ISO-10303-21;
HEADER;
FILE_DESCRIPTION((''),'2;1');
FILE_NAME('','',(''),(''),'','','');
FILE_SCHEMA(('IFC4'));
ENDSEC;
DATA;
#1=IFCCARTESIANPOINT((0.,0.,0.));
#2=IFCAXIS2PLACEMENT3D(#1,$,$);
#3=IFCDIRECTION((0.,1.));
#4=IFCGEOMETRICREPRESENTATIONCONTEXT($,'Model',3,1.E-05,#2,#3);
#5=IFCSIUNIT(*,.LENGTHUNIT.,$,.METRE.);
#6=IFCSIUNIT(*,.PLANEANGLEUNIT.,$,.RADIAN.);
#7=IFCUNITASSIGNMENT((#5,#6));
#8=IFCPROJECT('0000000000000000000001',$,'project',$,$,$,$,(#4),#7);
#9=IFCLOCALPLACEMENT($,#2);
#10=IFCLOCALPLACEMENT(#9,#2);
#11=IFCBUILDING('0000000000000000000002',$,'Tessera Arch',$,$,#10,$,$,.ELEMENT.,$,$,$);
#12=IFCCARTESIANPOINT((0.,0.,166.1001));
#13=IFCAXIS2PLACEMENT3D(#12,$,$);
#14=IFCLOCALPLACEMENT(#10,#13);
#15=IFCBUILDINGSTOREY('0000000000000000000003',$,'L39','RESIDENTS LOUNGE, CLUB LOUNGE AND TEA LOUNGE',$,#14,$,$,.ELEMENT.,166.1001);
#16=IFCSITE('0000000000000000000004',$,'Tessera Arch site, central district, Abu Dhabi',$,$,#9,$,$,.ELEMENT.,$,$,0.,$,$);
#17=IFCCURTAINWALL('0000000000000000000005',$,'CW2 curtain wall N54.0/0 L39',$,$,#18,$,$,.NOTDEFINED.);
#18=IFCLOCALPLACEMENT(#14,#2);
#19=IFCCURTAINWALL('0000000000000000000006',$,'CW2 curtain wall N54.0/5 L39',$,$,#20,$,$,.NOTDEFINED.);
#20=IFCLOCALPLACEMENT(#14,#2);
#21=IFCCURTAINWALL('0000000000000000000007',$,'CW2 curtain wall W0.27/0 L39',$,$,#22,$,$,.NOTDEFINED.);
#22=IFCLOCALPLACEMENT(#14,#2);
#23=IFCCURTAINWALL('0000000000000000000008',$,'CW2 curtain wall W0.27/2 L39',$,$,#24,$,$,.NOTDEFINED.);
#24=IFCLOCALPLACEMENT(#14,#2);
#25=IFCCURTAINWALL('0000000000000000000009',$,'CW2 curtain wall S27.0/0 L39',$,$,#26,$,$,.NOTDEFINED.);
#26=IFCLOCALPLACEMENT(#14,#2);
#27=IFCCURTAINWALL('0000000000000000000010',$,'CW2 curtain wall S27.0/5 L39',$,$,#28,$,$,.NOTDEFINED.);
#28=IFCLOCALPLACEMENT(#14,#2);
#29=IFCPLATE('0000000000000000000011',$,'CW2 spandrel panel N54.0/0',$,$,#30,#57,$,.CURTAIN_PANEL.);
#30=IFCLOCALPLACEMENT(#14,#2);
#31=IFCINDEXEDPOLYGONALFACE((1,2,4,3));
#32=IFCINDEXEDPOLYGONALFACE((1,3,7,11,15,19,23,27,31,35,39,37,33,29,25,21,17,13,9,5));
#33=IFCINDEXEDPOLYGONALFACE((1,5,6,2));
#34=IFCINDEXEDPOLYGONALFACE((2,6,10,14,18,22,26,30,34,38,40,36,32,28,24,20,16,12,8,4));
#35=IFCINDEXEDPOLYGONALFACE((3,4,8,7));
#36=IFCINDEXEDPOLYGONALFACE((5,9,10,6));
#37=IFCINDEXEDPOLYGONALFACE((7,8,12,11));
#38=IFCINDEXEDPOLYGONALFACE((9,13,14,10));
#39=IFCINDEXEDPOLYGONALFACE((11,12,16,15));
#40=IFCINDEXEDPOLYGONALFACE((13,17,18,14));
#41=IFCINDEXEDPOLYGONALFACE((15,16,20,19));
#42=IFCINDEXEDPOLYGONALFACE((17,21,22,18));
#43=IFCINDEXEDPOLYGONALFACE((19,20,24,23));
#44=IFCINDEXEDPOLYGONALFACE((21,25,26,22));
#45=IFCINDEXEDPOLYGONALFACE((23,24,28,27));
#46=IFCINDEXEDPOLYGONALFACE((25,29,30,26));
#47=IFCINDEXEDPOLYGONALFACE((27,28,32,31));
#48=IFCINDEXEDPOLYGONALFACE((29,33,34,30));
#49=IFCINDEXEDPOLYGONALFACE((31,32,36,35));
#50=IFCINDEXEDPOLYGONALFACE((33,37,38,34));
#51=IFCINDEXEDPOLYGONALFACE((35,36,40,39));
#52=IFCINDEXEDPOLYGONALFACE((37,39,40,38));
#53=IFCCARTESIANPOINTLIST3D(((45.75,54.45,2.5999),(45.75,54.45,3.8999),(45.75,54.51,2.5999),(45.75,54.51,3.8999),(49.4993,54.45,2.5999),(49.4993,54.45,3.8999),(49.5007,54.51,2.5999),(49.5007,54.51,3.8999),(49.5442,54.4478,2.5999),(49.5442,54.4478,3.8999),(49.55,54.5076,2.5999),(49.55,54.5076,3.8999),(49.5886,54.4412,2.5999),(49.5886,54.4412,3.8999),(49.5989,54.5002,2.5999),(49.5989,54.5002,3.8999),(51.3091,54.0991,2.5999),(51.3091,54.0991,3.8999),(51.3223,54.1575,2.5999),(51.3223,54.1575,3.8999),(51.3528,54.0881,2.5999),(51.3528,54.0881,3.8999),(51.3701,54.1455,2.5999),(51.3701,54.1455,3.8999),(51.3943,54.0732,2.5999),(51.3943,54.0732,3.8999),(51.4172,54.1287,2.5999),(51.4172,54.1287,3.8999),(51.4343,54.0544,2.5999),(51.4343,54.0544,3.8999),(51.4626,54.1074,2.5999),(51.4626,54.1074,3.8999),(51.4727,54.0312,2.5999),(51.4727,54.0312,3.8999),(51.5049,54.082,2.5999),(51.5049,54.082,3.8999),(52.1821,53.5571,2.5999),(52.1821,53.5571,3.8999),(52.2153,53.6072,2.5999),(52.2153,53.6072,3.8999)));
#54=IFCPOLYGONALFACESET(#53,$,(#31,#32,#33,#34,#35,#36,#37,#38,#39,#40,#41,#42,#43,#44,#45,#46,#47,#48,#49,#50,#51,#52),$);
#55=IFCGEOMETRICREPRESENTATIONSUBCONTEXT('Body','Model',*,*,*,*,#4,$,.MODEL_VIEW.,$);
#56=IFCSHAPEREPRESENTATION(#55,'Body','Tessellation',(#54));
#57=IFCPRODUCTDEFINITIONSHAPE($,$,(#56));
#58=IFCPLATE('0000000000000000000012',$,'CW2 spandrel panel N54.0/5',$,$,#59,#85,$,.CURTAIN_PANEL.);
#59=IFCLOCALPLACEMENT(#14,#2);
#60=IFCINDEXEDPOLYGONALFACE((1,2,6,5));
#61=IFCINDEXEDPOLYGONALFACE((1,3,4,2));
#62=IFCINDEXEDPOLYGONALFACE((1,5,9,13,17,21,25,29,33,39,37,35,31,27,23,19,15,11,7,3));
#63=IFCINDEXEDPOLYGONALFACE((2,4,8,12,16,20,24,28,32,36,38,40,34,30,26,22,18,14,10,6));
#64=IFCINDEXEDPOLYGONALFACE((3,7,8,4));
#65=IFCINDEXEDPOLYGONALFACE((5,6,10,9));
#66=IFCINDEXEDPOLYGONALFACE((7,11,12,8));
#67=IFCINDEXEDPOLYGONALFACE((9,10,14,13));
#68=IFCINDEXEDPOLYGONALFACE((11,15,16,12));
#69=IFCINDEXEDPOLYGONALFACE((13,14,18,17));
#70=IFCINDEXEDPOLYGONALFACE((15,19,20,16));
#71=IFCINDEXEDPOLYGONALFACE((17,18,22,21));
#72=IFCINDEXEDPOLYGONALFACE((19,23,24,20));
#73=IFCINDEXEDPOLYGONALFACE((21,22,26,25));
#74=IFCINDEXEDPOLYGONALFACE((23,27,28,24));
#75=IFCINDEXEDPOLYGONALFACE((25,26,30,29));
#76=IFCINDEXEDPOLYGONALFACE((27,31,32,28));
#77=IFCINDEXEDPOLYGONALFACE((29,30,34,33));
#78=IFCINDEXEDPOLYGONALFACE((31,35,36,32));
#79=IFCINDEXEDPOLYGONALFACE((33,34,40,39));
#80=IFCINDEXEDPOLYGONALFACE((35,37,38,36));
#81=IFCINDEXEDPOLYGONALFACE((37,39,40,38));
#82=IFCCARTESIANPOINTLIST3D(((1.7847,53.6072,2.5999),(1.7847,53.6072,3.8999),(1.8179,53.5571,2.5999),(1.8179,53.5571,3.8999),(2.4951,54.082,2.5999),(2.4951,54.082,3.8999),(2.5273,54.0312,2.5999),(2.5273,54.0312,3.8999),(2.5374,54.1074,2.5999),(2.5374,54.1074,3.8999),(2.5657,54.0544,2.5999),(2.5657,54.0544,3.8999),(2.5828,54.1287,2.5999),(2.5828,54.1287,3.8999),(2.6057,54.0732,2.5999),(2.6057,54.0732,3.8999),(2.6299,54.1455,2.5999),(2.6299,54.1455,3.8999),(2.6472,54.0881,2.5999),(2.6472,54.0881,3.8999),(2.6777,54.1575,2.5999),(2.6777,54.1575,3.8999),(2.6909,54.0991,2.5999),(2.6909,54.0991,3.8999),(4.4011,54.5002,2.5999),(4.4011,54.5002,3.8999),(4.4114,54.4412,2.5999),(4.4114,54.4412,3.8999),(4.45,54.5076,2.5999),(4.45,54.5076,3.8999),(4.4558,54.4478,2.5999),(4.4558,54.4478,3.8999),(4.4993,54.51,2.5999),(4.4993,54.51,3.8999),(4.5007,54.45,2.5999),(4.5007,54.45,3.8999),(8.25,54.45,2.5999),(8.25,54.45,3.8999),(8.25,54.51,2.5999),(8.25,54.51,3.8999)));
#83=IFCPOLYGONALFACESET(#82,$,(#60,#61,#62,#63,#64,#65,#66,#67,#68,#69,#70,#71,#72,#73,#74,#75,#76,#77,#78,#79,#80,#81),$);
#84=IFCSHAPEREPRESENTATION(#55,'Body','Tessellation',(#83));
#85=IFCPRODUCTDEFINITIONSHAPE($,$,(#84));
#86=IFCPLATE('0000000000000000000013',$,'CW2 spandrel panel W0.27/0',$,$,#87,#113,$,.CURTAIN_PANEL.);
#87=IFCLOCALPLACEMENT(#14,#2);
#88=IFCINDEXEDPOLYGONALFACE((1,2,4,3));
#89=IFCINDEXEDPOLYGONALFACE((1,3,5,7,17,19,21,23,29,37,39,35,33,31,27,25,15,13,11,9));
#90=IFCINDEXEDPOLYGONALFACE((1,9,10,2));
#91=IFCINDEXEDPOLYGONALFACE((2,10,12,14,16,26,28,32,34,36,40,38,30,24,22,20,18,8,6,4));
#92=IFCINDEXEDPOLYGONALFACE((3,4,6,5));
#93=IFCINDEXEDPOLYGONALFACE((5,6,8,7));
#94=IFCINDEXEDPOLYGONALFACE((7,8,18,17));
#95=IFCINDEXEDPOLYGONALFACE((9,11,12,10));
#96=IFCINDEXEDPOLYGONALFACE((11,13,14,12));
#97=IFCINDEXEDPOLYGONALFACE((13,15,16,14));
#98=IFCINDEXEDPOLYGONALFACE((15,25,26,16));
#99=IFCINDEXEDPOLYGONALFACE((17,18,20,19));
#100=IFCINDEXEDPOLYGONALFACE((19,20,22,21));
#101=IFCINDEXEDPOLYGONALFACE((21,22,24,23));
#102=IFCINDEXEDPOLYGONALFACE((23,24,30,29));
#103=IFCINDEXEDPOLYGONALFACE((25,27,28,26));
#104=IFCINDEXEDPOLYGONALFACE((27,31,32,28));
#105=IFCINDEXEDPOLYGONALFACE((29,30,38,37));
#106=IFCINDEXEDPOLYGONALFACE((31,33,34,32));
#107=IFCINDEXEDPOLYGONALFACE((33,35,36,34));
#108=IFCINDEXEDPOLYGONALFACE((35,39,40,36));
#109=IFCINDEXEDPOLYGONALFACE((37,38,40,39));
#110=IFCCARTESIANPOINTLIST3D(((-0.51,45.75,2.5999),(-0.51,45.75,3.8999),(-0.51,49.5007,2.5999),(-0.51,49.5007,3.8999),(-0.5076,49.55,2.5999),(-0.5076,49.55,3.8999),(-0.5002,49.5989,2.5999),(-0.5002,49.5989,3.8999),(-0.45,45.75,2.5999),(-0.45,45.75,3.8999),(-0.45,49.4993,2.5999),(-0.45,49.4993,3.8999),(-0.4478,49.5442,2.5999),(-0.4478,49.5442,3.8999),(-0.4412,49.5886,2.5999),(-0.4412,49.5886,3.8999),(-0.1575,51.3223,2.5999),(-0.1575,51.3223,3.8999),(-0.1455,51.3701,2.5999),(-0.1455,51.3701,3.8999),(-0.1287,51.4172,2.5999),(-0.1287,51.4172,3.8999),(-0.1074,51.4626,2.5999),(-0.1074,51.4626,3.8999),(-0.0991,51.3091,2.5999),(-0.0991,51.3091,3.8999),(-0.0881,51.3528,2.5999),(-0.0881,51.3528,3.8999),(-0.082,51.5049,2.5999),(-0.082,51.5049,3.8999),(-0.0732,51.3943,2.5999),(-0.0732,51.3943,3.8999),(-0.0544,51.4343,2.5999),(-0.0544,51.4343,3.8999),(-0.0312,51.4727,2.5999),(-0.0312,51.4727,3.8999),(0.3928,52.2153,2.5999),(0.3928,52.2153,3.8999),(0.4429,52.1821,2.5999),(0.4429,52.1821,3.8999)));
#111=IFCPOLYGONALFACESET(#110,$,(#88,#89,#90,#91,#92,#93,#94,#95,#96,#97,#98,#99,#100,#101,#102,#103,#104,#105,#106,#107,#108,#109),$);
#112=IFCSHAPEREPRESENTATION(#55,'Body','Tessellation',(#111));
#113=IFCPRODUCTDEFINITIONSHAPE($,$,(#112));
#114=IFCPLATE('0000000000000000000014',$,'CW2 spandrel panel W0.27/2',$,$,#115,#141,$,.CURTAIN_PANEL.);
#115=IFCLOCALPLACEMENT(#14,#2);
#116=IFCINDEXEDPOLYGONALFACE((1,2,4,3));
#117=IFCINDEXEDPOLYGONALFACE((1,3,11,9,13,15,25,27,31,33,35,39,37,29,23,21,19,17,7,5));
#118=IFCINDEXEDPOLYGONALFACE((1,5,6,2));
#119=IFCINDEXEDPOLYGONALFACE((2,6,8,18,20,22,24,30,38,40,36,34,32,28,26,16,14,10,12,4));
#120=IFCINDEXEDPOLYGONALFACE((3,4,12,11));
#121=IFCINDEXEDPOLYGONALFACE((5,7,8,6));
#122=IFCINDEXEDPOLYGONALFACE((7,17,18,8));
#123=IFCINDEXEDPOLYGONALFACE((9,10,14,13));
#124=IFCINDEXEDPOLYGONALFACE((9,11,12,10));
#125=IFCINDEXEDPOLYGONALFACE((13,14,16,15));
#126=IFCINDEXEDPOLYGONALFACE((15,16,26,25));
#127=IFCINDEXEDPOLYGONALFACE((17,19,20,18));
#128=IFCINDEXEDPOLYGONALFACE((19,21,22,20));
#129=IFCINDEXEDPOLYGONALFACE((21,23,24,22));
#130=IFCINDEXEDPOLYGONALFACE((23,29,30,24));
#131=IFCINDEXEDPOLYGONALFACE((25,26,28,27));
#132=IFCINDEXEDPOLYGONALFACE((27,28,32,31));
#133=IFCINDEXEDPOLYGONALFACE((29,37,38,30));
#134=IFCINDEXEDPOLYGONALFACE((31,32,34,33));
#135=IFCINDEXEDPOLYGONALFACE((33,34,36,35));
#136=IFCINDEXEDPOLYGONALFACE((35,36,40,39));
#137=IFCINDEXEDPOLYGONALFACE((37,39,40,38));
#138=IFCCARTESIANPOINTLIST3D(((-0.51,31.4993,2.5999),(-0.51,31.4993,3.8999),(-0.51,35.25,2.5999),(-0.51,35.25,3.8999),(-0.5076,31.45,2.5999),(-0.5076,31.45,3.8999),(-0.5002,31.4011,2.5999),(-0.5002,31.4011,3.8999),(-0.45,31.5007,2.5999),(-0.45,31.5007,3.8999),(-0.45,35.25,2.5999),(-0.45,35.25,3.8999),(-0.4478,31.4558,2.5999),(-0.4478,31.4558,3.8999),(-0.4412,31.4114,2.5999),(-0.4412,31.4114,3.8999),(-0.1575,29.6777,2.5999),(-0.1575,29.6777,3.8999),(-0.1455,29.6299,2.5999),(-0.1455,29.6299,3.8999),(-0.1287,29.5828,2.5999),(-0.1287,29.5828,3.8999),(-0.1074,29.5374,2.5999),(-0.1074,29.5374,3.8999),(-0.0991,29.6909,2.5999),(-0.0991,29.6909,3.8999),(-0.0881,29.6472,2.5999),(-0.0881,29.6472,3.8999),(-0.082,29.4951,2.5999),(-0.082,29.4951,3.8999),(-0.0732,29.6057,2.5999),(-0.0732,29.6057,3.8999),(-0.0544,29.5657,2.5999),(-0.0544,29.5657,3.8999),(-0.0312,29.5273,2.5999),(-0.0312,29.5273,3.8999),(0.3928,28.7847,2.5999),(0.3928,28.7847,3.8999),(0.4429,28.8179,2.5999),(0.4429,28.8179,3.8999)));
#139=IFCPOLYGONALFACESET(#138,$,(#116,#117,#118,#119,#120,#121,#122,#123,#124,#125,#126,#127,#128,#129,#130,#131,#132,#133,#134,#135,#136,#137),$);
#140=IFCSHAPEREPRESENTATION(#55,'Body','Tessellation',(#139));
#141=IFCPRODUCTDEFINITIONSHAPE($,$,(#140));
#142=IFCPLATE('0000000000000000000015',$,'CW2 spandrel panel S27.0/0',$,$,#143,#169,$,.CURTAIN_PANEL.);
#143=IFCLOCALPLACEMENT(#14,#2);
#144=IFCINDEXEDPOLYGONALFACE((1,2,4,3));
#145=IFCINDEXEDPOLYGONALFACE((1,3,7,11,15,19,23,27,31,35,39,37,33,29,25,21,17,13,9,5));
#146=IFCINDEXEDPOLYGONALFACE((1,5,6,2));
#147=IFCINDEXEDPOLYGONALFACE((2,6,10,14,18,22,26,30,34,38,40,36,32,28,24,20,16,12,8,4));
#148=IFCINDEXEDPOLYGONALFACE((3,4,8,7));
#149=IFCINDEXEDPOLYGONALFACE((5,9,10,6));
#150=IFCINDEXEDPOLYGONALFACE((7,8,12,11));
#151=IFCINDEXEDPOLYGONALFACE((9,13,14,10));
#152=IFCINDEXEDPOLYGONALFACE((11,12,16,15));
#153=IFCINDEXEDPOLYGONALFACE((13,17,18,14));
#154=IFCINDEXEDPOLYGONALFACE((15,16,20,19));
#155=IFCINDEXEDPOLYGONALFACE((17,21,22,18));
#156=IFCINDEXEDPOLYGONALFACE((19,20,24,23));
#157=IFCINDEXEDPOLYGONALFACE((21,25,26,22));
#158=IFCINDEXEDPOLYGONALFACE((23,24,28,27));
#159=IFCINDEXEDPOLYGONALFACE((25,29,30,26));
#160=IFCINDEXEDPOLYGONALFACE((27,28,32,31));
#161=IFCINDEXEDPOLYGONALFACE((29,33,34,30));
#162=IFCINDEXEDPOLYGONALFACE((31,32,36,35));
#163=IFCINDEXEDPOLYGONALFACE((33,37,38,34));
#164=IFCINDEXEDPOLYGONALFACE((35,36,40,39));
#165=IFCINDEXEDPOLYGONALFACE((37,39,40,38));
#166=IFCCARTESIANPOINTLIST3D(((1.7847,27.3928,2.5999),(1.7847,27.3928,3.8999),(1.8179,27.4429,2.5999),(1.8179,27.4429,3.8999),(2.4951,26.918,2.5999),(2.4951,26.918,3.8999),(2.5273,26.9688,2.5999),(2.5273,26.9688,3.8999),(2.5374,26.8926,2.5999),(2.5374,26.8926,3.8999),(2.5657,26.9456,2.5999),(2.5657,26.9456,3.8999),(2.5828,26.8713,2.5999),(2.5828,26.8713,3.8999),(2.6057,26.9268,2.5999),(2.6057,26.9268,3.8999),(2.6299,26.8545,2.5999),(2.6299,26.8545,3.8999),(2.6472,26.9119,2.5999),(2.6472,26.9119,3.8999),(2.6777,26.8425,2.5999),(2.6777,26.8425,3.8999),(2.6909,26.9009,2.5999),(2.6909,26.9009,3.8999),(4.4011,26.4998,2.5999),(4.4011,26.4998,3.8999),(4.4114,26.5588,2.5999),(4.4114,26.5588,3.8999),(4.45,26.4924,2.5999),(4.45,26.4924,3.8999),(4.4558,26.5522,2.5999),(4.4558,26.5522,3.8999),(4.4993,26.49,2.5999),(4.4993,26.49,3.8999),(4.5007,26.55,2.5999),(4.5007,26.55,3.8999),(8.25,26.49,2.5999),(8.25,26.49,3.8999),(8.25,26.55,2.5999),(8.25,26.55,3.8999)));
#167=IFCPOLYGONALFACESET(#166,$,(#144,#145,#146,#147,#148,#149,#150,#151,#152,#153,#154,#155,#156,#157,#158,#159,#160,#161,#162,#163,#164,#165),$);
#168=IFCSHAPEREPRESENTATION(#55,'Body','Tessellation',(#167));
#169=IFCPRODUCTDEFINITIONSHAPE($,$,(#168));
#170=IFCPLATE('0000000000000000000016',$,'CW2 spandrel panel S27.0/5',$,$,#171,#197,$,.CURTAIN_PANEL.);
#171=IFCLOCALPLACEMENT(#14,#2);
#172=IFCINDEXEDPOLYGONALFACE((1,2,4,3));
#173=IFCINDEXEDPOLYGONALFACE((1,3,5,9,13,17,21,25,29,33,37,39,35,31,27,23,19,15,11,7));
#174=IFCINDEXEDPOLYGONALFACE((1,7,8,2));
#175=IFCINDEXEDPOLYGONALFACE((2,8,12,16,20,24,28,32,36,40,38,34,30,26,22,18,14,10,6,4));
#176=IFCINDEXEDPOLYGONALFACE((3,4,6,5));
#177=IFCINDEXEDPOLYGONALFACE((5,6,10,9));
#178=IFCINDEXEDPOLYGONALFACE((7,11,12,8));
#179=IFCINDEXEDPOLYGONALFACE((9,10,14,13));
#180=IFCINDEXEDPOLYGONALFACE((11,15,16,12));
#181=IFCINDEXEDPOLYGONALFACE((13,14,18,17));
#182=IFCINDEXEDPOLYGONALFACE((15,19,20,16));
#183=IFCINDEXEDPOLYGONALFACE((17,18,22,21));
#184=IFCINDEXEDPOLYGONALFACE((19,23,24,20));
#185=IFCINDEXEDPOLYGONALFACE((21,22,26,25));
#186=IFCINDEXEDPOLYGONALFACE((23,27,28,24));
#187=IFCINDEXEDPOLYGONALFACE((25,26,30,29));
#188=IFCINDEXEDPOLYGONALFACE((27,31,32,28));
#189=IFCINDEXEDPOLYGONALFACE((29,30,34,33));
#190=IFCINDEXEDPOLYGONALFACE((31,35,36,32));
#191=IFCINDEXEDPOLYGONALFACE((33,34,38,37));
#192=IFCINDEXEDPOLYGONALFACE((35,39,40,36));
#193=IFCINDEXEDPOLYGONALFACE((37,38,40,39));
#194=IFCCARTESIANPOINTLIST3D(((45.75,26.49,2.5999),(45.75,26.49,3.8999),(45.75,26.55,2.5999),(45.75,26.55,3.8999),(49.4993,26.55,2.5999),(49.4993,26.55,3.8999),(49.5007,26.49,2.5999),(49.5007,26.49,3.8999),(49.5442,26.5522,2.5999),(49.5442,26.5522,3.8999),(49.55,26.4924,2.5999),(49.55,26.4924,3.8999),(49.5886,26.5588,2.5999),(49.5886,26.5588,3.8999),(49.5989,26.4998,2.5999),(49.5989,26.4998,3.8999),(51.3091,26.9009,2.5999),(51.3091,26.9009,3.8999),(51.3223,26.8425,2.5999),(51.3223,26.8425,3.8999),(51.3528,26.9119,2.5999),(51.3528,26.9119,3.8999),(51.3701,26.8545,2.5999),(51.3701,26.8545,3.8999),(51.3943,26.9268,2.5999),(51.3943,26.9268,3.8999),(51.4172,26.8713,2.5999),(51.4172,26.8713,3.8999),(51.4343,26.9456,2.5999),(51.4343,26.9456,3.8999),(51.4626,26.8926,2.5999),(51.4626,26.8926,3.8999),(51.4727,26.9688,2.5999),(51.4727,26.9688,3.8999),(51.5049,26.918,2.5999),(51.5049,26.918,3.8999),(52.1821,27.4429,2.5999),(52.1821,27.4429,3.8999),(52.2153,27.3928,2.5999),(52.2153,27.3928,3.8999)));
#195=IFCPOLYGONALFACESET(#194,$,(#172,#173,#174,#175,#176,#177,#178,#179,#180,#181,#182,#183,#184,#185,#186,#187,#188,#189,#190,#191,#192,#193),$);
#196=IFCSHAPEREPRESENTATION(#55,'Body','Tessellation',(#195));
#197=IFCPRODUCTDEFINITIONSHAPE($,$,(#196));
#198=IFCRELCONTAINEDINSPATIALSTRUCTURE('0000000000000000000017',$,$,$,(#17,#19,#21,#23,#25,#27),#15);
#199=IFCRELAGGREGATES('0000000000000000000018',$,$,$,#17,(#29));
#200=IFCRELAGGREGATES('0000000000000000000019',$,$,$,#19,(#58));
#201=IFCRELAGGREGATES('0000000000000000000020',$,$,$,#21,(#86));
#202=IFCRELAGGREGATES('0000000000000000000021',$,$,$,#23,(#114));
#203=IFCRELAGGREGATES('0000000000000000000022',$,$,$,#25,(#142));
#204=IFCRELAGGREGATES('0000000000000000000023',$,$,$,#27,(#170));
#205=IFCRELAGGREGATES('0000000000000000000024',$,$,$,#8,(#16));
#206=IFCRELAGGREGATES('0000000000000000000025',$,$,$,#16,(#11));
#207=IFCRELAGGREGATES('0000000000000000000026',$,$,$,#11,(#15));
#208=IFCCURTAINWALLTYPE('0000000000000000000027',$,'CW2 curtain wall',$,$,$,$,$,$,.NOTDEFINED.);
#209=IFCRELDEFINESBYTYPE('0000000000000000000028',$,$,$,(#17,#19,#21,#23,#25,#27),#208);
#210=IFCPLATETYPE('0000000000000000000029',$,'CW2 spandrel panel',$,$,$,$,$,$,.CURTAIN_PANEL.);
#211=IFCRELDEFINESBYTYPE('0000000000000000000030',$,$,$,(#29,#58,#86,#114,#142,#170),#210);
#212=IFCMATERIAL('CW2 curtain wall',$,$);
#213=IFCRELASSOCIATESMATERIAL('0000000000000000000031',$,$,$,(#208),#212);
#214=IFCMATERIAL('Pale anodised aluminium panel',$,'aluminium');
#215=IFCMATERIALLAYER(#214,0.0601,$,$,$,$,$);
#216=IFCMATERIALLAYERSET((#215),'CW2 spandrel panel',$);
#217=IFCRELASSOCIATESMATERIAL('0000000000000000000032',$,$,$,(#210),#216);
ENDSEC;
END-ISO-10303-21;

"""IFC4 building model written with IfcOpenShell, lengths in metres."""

from ifc_helpers import new_model, si_unit, direction, frame, origin, place, context, subcontext, project, spatial, polyline, outline, extrude, material, layer, layer_set, type_object, element, aggregate, save


model = new_model("IFC4")

# Units and contexts
model_context = context("Model", 3, precision=1e-05, world=origin(), true_north=direction((0.0, 1.0)))
body_context = subcontext(model_context, "Body", "Model", "MODEL_VIEW")
ifc_project = project(units=[si_unit("LENGTHUNIT", "METRE"), si_unit("PLANEANGLEUNIT", "RADIAN")], contexts=[model_context])

# Site, building, storey
site_placement = place(None, origin())
site = spatial("IfcSite", under=ifc_project, at=site_placement, Name="Tessera Arch site, central district, Abu Dhabi", CompositionType="ELEMENT", RefElevation=0.0)
building_placement = place(site_placement, origin())
building = spatial("IfcBuilding", under=site, at=building_placement, Name="Tessera Arch", CompositionType="ELEMENT")
storey_placement = place(building_placement, frame((0.0, 0.0, 166.1001)))
storey = spatial("IfcBuildingStorey", under=building, at=storey_placement, Name="L39", Description="RESIDENTS LOUNGE, CLUB LOUNGE AND TEA LOUNGE", CompositionType="ELEMENT", Elevation=166.1001)

# Curtain walls
ifc_material_1 = material(Name="CW2 curtain wall")
curtain_wall_type_1 = type_object("IfcCurtainWallType", Name="CW2 curtain wall", PredefinedType="NOTDEFINED", material=ifc_material_1)
curtain_wall_1_placement = place(storey_placement, origin())
curtain_wall_1 = element("IfcCurtainWall", 1, at=curtain_wall_1_placement, inside=storey, type_object=curtain_wall_type_1, Name="CW2 curtain wall N54.0/0 L39", PredefinedType="NOTDEFINED")
curtain_wall_2_placement = place(storey_placement, origin())
curtain_wall_2 = element("IfcCurtainWall", 2, at=curtain_wall_2_placement, inside=storey, type_object=curtain_wall_type_1, Name="CW2 curtain wall N54.0/5 L39", PredefinedType="NOTDEFINED")
curtain_wall_3_placement = place(storey_placement, origin())
curtain_wall_3 = element("IfcCurtainWall", 3, at=curtain_wall_3_placement, inside=storey, type_object=curtain_wall_type_1, Name="CW2 curtain wall W0.27/0 L39", PredefinedType="NOTDEFINED")
curtain_wall_4_placement = place(storey_placement, origin())
curtain_wall_4 = element("IfcCurtainWall", 4, at=curtain_wall_4_placement, inside=storey, type_object=curtain_wall_type_1, Name="CW2 curtain wall W0.27/2 L39", PredefinedType="NOTDEFINED")
curtain_wall_5_placement = place(storey_placement, origin())
curtain_wall_5 = element("IfcCurtainWall", 5, at=curtain_wall_5_placement, inside=storey, type_object=curtain_wall_type_1, Name="CW2 curtain wall S27.0/0 L39", PredefinedType="NOTDEFINED")
curtain_wall_6_placement = place(storey_placement, origin())
curtain_wall_6 = element("IfcCurtainWall", 6, at=curtain_wall_6_placement, inside=storey, type_object=curtain_wall_type_1, Name="CW2 curtain wall S27.0/5 L39", PredefinedType="NOTDEFINED")

# Plates
ifc_material_2 = material(Name="Pale anodised aluminium panel", Category="aluminium")
ifc_layer_1 = layer(ifc_material_2, 0.0601)
ifc_layer_set_1 = layer_set([ifc_layer_1], Name="CW2 spandrel panel")
plate_type_1 = type_object("IfcPlateType", Name="CW2 spandrel panel", PredefinedType="CURTAIN_PANEL", material=ifc_layer_set_1)
plate_1_placement = place(storey_placement, frame((0.0, 0.0, 2.5999)))
plate_1 = element("IfcPlate", 7, at=plate_1_placement, type_object=plate_type_1, Name="CW2 spandrel panel N54.0/0", PredefinedType="CURTAIN_PANEL", context=body_context, shape_type="SweptSolid", body=[
    extrude(outline(polyline([(51.4727, 54.0312), (52.1821, 53.5571), (52.2153, 53.6072), (51.5049, 54.082), (51.4626, 54.1074), (51.4172, 54.1287), (51.3701, 54.1455), (51.3223, 54.1575), (49.5989, 54.5002), (49.55, 54.5076), (49.5007, 54.51), (45.75, 54.51), (45.75, 54.45), (49.4993, 54.45), (49.5442, 54.4478), (49.5886, 54.4412), (51.3091, 54.0991), (51.3528, 54.0881), (51.3943, 54.0732), (51.4343, 54.0544), (51.4727, 54.0312)])), origin(), (0.0, 0.0, 1.0), 1.3),
])
aggregate(curtain_wall_1, [plate_1])
plate_2_placement = place(storey_placement, frame((0.0, 0.0, 2.5999)))
plate_2 = element("IfcPlate", 8, at=plate_2_placement, type_object=plate_type_1, Name="CW2 spandrel panel N54.0/5", PredefinedType="CURTAIN_PANEL", context=body_context, shape_type="SweptSolid", body=[
    extrude(outline(polyline([(4.5007, 54.45), (8.25, 54.45), (8.25, 54.51), (4.4993, 54.51), (4.45, 54.5076), (4.4011, 54.5002), (2.6777, 54.1575), (2.6299, 54.1455), (2.5828, 54.1287), (2.5374, 54.1074), (2.4951, 54.082), (1.7847, 53.6072), (1.8179, 53.5571), (2.5273, 54.0312), (2.5657, 54.0544), (2.6057, 54.0732), (2.6472, 54.0881), (2.6909, 54.0991), (4.4114, 54.4412), (4.4558, 54.4478), (4.5007, 54.45)])), origin(), (0.0, 0.0, 1.0), 1.3),
])
aggregate(curtain_wall_2, [plate_2])
plate_3_placement = place(storey_placement, frame((0.0, 0.0, 2.5999)))
plate_3 = element("IfcPlate", 9, at=plate_3_placement, type_object=plate_type_1, Name="CW2 spandrel panel W0.27/0", PredefinedType="CURTAIN_PANEL", context=body_context, shape_type="SweptSolid", body=[
    extrude(outline(polyline([(-0.0312, 51.4727), (0.4429, 52.1821), (0.3928, 52.2153), (-0.082, 51.5049), (-0.1074, 51.4626), (-0.1287, 51.4172), (-0.1455, 51.3701), (-0.1575, 51.3223), (-0.5002, 49.5989), (-0.5076, 49.55), (-0.51, 49.5007), (-0.51, 45.75), (-0.45, 45.75), (-0.45, 49.4993), (-0.4478, 49.5442), (-0.4412, 49.5886), (-0.0991, 51.3091), (-0.0881, 51.3528), (-0.0732, 51.3943), (-0.0544, 51.4343), (-0.0312, 51.4727)])), origin(), (0.0, 0.0, 1.0), 1.3),
])
aggregate(curtain_wall_3, [plate_3])
plate_4_placement = place(storey_placement, frame((0.0, 0.0, 2.5999)))
plate_4 = element("IfcPlate", 10, at=plate_4_placement, type_object=plate_type_1, Name="CW2 spandrel panel W0.27/2", PredefinedType="CURTAIN_PANEL", context=body_context, shape_type="SweptSolid", body=[
    extrude(outline(polyline([(-0.45, 31.5007), (-0.45, 35.25), (-0.51, 35.25), (-0.51, 31.4993), (-0.5076, 31.45), (-0.5002, 31.4011), (-0.1575, 29.6777), (-0.1455, 29.6299), (-0.1287, 29.5828), (-0.1074, 29.5374), (-0.082, 29.4951), (0.3928, 28.7847), (0.4429, 28.8179), (-0.0312, 29.5273), (-0.0544, 29.5657), (-0.0732, 29.6057), (-0.0881, 29.6472), (-0.0991, 29.6909), (-0.4412, 31.4114), (-0.4478, 31.4558), (-0.45, 31.5007)])), origin(), (0.0, 0.0, 1.0), 1.3),
])
aggregate(curtain_wall_4, [plate_4])
plate_5_placement = place(storey_placement, frame((0.0, 0.0, 2.5999)))
plate_5 = element("IfcPlate", 11, at=plate_5_placement, type_object=plate_type_1, Name="CW2 spandrel panel S27.0/0", PredefinedType="CURTAIN_PANEL", context=body_context, shape_type="SweptSolid", body=[
    extrude(outline(polyline([(2.5273, 26.9688), (1.8179, 27.4429), (1.7847, 27.3928), (2.4951, 26.918), (2.5374, 26.8926), (2.5828, 26.8713), (2.6299, 26.8545), (2.6777, 26.8425), (4.4011, 26.4998), (4.45, 26.4924), (4.4993, 26.49), (8.25, 26.49), (8.25, 26.55), (4.5007, 26.55), (4.4558, 26.5522), (4.4114, 26.5588), (2.6909, 26.9009), (2.6472, 26.9119), (2.6057, 26.9268), (2.5657, 26.9456), (2.5273, 26.9688)])), origin(), (0.0, 0.0, 1.0), 1.3),
])
aggregate(curtain_wall_5, [plate_5])
plate_6_placement = place(storey_placement, frame((0.0, 0.0, 2.5999)))
plate_6 = element("IfcPlate", 12, at=plate_6_placement, type_object=plate_type_1, Name="CW2 spandrel panel S27.0/5", PredefinedType="CURTAIN_PANEL", context=body_context, shape_type="SweptSolid", body=[
    extrude(outline(polyline([(49.4993, 26.55), (45.75, 26.55), (45.75, 26.49), (49.5007, 26.49), (49.55, 26.4924), (49.5989, 26.4998), (51.3223, 26.8425), (51.3701, 26.8545), (51.4172, 26.8713), (51.4626, 26.8926), (51.5049, 26.918), (52.2153, 27.3928), (52.1821, 27.4429), (51.4727, 26.9688), (51.4343, 26.9456), (51.3943, 26.9268), (51.3528, 26.9119), (51.3091, 26.9009), (49.5886, 26.5588), (49.5442, 26.5522), (49.4993, 26.55)])), origin(), (0.0, 0.0, 1.0), 1.3),
])
aggregate(curtain_wall_6, [plate_6])

save(model, "model.ifc")
